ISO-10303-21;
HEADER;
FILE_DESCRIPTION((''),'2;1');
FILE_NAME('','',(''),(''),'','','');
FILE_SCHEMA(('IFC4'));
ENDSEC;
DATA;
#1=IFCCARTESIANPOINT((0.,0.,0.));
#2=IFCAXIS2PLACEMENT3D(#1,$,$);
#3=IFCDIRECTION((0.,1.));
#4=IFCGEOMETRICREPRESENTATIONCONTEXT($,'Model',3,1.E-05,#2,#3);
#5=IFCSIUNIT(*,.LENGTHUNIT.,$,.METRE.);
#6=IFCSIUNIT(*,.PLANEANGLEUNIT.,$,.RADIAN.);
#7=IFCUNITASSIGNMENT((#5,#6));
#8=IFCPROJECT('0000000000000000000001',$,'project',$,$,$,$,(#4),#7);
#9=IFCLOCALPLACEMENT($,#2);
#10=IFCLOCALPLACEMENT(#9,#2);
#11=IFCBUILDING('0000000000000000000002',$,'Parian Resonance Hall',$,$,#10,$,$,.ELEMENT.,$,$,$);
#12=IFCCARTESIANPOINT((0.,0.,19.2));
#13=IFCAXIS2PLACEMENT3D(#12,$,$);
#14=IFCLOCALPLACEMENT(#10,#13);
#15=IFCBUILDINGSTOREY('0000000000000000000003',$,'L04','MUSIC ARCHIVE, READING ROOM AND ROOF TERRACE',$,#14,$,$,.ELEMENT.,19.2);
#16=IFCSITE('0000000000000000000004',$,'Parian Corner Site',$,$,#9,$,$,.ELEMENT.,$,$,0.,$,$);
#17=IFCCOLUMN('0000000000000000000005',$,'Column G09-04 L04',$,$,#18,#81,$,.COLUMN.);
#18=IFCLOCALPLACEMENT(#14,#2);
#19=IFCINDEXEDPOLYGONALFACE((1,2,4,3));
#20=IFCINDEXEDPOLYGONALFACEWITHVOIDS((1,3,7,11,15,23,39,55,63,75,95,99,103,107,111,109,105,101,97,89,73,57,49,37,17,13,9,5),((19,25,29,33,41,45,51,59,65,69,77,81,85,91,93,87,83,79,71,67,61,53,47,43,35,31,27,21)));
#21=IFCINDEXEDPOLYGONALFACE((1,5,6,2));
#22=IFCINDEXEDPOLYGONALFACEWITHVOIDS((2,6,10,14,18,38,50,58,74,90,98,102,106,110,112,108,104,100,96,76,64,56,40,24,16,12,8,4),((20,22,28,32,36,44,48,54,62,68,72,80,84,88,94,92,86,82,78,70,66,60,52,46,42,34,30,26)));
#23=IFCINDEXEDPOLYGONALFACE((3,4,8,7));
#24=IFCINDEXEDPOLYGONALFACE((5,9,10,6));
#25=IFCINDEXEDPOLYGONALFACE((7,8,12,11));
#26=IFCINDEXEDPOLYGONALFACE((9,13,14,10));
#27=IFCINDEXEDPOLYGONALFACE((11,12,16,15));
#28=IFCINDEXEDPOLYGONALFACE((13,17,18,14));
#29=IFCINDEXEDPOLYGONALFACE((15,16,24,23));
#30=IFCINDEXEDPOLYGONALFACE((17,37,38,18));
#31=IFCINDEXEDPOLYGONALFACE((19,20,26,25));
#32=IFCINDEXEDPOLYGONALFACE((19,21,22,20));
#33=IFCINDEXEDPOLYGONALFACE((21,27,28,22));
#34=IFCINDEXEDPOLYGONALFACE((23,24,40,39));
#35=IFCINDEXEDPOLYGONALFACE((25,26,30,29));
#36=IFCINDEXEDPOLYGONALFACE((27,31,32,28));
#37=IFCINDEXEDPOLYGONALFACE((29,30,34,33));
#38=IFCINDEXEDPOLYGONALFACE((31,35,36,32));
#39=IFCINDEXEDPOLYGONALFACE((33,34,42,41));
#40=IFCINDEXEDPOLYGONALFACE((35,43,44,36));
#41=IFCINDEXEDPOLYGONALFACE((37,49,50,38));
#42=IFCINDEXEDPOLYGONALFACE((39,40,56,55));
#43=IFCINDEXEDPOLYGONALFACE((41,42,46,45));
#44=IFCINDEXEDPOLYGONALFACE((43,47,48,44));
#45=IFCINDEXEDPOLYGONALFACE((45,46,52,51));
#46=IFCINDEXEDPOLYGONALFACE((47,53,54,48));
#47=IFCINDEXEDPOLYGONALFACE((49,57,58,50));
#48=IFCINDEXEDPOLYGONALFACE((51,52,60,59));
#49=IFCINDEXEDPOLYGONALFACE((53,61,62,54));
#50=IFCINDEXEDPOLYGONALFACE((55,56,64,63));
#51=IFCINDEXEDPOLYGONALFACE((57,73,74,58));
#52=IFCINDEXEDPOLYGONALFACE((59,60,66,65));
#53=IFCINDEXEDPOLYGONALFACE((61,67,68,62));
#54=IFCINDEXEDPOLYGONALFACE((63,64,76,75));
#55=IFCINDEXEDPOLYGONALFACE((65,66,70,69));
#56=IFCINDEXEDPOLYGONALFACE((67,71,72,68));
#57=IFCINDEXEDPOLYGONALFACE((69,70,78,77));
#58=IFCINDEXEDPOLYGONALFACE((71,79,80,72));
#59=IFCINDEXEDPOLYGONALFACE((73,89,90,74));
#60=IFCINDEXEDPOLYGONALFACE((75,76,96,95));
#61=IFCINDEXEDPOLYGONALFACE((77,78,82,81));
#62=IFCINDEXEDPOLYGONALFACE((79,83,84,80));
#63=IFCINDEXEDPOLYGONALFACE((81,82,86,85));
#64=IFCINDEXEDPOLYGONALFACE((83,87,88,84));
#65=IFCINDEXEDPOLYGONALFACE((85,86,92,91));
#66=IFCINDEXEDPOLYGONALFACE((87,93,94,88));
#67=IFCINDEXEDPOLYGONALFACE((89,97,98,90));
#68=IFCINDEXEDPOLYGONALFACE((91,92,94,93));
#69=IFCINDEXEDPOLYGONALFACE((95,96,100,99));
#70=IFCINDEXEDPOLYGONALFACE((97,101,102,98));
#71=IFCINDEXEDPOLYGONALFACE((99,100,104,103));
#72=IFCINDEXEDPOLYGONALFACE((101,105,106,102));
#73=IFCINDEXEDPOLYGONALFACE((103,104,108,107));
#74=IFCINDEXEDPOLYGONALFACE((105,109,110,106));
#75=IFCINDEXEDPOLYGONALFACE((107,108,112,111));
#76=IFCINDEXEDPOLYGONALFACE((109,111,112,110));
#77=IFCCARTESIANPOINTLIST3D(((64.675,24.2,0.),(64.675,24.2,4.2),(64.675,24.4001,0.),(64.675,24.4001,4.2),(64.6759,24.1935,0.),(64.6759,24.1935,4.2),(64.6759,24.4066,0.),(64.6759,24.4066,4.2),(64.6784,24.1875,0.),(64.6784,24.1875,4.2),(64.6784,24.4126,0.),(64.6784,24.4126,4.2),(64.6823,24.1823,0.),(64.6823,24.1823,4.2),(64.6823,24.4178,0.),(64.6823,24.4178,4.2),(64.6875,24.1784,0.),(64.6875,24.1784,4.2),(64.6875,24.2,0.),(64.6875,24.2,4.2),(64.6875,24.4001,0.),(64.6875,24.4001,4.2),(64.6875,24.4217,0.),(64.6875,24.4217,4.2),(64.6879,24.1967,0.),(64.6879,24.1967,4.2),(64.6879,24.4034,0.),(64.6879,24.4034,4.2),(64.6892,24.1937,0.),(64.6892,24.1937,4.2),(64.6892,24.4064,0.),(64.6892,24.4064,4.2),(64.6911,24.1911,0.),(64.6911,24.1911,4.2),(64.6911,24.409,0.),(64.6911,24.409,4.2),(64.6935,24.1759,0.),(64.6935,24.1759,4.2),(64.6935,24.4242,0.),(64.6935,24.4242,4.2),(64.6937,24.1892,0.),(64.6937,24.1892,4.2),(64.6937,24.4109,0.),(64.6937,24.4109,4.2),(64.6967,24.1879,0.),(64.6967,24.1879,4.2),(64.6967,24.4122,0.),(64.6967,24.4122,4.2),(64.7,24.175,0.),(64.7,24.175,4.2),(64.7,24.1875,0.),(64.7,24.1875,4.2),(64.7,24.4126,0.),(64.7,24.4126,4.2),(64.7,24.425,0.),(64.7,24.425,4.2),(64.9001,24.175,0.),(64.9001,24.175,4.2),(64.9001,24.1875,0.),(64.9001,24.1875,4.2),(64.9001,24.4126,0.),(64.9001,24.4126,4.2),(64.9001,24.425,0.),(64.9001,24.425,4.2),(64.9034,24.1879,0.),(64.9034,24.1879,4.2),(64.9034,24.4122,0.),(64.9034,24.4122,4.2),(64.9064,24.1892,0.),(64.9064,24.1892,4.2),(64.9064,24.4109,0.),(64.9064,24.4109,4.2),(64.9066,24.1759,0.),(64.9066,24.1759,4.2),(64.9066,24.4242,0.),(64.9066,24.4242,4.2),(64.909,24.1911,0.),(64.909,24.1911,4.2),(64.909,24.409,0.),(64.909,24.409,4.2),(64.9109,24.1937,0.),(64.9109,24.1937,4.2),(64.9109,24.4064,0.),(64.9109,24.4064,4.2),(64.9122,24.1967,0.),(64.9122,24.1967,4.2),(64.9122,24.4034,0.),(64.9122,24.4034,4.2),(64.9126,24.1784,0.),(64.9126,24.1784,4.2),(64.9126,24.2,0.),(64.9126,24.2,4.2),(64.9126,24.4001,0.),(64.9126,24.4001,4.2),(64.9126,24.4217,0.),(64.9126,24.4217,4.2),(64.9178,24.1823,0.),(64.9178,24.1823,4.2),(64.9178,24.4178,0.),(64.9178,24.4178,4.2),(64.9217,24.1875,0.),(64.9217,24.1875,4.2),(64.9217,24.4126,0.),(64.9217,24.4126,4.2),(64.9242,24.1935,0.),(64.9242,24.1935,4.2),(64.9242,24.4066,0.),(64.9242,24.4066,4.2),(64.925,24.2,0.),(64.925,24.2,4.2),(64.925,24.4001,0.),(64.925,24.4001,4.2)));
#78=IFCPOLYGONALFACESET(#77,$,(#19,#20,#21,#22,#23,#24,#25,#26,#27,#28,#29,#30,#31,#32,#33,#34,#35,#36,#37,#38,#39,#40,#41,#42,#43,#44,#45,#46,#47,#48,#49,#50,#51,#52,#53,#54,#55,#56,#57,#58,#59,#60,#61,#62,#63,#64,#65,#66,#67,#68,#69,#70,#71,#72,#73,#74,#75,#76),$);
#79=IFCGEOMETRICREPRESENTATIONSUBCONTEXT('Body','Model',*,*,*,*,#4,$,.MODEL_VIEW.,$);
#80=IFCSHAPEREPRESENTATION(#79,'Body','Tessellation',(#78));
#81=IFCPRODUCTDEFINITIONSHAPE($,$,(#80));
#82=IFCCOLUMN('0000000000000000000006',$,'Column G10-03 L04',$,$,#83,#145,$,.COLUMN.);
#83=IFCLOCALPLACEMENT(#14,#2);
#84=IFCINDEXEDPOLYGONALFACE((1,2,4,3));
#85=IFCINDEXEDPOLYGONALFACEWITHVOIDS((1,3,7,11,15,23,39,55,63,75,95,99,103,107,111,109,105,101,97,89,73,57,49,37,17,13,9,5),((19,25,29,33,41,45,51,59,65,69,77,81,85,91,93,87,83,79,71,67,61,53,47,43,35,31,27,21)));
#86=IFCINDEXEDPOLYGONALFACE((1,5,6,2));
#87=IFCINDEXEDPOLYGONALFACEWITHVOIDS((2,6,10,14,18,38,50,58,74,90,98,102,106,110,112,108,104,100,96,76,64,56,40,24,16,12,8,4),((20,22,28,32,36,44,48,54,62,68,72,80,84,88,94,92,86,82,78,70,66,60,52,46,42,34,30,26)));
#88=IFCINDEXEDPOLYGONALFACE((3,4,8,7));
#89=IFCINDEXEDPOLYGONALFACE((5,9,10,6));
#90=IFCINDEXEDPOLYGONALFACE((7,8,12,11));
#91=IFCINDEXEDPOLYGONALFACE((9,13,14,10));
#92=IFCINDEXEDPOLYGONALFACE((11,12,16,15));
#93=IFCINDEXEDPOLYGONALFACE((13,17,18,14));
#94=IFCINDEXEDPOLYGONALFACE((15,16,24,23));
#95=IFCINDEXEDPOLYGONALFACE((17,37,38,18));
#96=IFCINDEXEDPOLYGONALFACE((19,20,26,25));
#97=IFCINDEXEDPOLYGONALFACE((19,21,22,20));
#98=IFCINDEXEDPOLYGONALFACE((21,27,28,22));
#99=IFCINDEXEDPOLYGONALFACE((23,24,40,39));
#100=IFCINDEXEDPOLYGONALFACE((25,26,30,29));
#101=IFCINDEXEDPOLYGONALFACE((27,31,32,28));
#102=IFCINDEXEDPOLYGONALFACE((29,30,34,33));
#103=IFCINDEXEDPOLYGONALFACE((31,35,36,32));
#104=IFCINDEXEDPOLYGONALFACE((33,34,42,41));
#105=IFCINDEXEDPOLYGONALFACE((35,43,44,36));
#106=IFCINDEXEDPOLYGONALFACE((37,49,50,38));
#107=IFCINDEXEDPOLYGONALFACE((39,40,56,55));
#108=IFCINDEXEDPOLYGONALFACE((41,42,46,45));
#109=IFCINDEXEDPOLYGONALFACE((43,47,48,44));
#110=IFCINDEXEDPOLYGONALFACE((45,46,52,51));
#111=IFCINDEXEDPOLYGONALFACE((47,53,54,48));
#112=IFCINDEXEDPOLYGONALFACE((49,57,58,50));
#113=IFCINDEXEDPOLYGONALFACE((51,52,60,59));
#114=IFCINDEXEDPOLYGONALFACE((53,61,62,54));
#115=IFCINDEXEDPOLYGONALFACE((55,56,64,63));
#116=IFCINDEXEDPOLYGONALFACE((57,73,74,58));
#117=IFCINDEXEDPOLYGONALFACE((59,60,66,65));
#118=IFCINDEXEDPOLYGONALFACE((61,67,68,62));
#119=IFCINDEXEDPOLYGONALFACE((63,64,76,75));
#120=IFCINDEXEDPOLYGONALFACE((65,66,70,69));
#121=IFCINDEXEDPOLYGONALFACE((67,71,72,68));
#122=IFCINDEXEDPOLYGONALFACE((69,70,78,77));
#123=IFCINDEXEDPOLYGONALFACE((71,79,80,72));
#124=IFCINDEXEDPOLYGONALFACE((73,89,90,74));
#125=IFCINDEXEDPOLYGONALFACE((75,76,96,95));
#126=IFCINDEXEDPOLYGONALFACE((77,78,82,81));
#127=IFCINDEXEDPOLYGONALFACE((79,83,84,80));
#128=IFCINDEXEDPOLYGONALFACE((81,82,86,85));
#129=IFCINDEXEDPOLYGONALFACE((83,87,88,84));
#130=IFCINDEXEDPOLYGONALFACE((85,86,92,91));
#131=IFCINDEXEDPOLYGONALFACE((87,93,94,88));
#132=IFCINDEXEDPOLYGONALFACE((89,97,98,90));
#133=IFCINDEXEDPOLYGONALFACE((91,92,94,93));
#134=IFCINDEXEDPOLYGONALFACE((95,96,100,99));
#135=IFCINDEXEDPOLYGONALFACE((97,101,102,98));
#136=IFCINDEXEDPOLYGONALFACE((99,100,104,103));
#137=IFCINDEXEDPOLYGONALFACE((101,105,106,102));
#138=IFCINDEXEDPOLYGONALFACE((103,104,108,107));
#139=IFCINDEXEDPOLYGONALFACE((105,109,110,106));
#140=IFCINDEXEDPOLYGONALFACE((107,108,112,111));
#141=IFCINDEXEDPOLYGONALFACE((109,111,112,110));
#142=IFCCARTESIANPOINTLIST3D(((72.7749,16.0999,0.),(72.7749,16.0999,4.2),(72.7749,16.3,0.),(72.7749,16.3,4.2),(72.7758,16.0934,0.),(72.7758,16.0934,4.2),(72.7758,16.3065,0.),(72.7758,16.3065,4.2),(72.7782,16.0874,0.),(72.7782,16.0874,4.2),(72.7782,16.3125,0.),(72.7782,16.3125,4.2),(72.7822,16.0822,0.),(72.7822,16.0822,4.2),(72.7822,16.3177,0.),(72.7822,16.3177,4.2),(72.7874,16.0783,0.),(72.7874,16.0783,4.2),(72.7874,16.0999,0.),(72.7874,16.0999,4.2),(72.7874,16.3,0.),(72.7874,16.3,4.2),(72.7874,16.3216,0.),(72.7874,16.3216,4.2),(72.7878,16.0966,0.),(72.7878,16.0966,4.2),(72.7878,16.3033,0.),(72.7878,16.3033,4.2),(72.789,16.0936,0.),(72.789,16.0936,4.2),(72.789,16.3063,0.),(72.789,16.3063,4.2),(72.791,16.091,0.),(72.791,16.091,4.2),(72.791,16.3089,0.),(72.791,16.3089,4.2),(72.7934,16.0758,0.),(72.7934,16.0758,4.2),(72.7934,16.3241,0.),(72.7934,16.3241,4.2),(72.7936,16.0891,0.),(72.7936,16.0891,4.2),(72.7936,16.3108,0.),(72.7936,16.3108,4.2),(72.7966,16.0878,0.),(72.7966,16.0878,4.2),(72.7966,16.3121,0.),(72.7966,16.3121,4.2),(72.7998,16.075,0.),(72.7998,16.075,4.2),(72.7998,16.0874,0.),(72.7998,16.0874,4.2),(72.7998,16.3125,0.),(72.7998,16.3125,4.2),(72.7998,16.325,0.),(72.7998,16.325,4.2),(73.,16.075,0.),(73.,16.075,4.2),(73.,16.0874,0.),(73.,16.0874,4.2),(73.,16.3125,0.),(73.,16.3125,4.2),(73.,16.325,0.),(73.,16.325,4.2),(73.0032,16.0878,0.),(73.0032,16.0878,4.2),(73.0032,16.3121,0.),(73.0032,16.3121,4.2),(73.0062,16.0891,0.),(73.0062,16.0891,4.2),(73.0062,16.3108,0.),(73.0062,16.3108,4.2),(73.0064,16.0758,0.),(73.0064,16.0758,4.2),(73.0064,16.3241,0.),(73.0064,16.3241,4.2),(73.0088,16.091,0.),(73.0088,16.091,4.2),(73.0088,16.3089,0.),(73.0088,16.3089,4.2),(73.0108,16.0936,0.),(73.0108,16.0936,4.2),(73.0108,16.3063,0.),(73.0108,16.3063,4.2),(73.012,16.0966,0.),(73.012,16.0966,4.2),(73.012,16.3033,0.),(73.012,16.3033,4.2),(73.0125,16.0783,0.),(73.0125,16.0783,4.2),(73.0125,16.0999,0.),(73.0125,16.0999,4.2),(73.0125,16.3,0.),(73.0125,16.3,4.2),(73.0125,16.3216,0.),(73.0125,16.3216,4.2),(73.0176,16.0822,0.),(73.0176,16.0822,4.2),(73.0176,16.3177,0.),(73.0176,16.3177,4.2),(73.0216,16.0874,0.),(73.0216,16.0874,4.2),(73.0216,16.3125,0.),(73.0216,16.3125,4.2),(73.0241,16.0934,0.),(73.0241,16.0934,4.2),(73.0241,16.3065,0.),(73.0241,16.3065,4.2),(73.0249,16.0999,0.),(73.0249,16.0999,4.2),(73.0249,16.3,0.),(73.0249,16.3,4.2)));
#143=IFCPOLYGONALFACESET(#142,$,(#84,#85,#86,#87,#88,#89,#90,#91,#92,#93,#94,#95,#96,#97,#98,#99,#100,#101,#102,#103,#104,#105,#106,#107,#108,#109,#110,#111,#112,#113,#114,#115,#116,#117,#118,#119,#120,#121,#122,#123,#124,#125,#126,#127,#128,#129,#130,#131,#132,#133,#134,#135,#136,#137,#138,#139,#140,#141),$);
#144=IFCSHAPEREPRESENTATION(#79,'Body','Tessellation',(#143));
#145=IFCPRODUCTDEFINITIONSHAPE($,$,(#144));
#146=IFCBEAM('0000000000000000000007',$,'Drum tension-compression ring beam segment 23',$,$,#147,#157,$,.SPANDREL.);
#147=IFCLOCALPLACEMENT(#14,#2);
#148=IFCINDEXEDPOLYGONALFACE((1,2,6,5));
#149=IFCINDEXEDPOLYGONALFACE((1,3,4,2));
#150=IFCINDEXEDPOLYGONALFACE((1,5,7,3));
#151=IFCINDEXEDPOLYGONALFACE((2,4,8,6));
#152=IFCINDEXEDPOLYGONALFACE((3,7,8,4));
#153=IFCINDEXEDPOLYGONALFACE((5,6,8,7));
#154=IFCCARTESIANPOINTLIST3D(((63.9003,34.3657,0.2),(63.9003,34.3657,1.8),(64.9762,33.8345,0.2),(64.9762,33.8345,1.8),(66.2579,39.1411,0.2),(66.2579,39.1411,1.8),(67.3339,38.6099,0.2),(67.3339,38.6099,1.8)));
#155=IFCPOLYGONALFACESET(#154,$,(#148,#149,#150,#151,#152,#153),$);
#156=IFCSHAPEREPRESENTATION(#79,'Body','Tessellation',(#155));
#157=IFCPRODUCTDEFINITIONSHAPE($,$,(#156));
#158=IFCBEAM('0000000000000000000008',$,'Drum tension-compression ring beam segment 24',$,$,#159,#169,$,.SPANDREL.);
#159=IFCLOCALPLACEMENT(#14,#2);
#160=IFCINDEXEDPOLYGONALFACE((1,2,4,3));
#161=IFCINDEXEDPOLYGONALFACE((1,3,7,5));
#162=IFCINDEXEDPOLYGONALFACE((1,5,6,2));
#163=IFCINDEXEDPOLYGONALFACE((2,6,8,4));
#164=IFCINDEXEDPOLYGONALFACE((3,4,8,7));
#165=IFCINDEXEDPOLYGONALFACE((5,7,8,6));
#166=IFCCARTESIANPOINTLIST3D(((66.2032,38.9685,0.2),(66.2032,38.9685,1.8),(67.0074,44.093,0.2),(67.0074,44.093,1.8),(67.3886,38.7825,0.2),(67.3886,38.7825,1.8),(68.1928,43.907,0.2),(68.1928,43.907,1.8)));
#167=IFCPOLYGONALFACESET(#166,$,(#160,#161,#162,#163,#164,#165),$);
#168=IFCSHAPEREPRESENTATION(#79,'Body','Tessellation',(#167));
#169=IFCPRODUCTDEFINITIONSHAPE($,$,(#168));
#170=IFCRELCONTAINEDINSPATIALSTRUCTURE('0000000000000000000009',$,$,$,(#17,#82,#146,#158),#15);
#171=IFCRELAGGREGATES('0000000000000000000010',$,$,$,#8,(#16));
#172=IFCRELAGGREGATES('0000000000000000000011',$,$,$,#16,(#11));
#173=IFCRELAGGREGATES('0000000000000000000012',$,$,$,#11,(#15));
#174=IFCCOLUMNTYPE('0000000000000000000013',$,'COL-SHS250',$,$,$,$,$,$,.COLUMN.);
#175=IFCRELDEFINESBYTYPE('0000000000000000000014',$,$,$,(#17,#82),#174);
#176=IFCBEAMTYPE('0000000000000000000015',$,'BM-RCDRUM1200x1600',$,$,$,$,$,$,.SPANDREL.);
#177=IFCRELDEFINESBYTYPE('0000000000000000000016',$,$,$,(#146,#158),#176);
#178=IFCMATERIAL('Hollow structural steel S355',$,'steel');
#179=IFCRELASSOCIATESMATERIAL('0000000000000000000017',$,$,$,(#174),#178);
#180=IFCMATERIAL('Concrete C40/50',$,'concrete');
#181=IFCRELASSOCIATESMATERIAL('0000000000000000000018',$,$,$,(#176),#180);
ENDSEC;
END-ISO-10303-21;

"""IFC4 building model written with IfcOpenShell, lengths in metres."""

from ifc_helpers import new_model, si_unit, direction, frame, origin, origin_2d, place, context, subcontext, project, spatial, rectangle, hollow_rectangle, extrude, material, material_profile, profile_set, type_object, element, save


model = new_model("IFC4")

# Units and contexts
model_context = context("Model", 3, precision=1e-05, world=origin(), true_north=direction((0.0, 1.0)))
body_context = subcontext(model_context, "Body", "Model", "MODEL_VIEW")
ifc_project = project(units=[si_unit("LENGTHUNIT", "METRE"), si_unit("PLANEANGLEUNIT", "RADIAN")], contexts=[model_context])

# Site, building, storey
site_placement = place(None, origin())
site = spatial("IfcSite", under=ifc_project, at=site_placement, Name="Parian Corner Site", CompositionType="ELEMENT", RefElevation=0.0)
building_placement = place(site_placement, origin())
building = spatial("IfcBuilding", under=site, at=building_placement, Name="Parian Resonance Hall", CompositionType="ELEMENT")
storey_placement = place(building_placement, frame((0.0, 0.0, 19.2)))
storey = spatial("IfcBuildingStorey", under=building, at=storey_placement, Name="L04", Description="MUSIC ARCHIVE, READING ROOM AND ROOF TERRACE", CompositionType="ELEMENT", Elevation=19.2)

# Columns
ifc_material_1 = material(Name="Hollow structural steel S355", Category="steel")
ifc_material_profile_1 = material_profile(ifc_material_1, hollow_rectangle(XDim=0.25, YDim=0.25, WallThickness=0.0125, InnerFilletRadius=0.0125, OuterFilletRadius=0.0249, at=origin_2d()), Name="SHS250x250x12.5")
ifc_profile_set_1 = profile_set([ifc_material_profile_1], Name="Hollow structural steel S355")
column_type_1 = type_object("IfcColumnType", Name="COL-SHS250", PredefinedType="COLUMN", material=ifc_profile_set_1)
for number, where, z_axis, x_axis, name in (
    (1, (64.8, 24.3, 0.0), (0.0, 0.0, 1.0), (1.0, 0.0, 0.0), "Column G09-04 L04"),
    (2, (72.8999, 16.2, 0.0), (0.0, 0.0, 1.0), (1.0, 0.0, 0.0), "Column G10-03 L04"),
):
    element("IfcColumn", number, at=place(storey_placement, frame(where, z_axis=z_axis, x_axis=x_axis)), inside=storey, type_object=column_type_1, Name=name, PredefinedType="COLUMN", context=body_context, shape_type="SweptSolid", body=[
        extrude(hollow_rectangle(XDim=0.25, YDim=0.25, WallThickness=0.0125, InnerFilletRadius=0.0125, OuterFilletRadius=0.0249, at=origin_2d()), origin(), (0.0, 0.0, 1.0), 4.2),
    ])

# Beams
ifc_material_2 = material(Name="Concrete C40/50", Category="concrete")
ifc_material_profile_2 = material_profile(ifc_material_2, rectangle(XDim=1.2, YDim=1.6001, at=origin_2d()), Name="RC-DRUM-1200x1600")
ifc_profile_set_2 = profile_set([ifc_material_profile_2], Name="Concrete C40/50")
beam_type_1 = type_object("IfcBeamType", Name="BM-RCDRUM1200x1600", PredefinedType="SPANDREL", material=ifc_profile_set_2)
beam_1_placement = place(storey_placement, frame((64.4382, 34.1001, 1.0), z_axis=(0.442697, 0.896671, 0.0), x_axis=(-0.896671, 0.442697, 0.0)))
element("IfcBeam", 3, at=beam_1_placement, inside=storey, type_object=beam_type_1, Name="Drum tension-compression ring beam segment 23", PredefinedType="SPANDREL", context=body_context, shape_type="SweptSolid", body=[
    extrude(rectangle(XDim=1.2, YDim=1.6001, at=origin_2d()), origin(), (0.0, 0.0, 1.0), 5.3257),
])
beam_2_placement = place(storey_placement, frame((66.7959, 38.8755, 1.0), z_axis=(0.155034, 0.987909, 0.0), x_axis=(-0.987909, 0.155034, 0.0)))
element("IfcBeam", 4, at=beam_2_placement, inside=storey, type_object=beam_type_1, Name="Drum tension-compression ring beam segment 24", PredefinedType="SPANDREL", context=body_context, shape_type="SweptSolid", body=[
    extrude(rectangle(XDim=1.2, YDim=1.6001, at=origin_2d()), origin(), (0.0, 0.0, 1.0), 5.1873),
])

save(model, "model.ifc")
